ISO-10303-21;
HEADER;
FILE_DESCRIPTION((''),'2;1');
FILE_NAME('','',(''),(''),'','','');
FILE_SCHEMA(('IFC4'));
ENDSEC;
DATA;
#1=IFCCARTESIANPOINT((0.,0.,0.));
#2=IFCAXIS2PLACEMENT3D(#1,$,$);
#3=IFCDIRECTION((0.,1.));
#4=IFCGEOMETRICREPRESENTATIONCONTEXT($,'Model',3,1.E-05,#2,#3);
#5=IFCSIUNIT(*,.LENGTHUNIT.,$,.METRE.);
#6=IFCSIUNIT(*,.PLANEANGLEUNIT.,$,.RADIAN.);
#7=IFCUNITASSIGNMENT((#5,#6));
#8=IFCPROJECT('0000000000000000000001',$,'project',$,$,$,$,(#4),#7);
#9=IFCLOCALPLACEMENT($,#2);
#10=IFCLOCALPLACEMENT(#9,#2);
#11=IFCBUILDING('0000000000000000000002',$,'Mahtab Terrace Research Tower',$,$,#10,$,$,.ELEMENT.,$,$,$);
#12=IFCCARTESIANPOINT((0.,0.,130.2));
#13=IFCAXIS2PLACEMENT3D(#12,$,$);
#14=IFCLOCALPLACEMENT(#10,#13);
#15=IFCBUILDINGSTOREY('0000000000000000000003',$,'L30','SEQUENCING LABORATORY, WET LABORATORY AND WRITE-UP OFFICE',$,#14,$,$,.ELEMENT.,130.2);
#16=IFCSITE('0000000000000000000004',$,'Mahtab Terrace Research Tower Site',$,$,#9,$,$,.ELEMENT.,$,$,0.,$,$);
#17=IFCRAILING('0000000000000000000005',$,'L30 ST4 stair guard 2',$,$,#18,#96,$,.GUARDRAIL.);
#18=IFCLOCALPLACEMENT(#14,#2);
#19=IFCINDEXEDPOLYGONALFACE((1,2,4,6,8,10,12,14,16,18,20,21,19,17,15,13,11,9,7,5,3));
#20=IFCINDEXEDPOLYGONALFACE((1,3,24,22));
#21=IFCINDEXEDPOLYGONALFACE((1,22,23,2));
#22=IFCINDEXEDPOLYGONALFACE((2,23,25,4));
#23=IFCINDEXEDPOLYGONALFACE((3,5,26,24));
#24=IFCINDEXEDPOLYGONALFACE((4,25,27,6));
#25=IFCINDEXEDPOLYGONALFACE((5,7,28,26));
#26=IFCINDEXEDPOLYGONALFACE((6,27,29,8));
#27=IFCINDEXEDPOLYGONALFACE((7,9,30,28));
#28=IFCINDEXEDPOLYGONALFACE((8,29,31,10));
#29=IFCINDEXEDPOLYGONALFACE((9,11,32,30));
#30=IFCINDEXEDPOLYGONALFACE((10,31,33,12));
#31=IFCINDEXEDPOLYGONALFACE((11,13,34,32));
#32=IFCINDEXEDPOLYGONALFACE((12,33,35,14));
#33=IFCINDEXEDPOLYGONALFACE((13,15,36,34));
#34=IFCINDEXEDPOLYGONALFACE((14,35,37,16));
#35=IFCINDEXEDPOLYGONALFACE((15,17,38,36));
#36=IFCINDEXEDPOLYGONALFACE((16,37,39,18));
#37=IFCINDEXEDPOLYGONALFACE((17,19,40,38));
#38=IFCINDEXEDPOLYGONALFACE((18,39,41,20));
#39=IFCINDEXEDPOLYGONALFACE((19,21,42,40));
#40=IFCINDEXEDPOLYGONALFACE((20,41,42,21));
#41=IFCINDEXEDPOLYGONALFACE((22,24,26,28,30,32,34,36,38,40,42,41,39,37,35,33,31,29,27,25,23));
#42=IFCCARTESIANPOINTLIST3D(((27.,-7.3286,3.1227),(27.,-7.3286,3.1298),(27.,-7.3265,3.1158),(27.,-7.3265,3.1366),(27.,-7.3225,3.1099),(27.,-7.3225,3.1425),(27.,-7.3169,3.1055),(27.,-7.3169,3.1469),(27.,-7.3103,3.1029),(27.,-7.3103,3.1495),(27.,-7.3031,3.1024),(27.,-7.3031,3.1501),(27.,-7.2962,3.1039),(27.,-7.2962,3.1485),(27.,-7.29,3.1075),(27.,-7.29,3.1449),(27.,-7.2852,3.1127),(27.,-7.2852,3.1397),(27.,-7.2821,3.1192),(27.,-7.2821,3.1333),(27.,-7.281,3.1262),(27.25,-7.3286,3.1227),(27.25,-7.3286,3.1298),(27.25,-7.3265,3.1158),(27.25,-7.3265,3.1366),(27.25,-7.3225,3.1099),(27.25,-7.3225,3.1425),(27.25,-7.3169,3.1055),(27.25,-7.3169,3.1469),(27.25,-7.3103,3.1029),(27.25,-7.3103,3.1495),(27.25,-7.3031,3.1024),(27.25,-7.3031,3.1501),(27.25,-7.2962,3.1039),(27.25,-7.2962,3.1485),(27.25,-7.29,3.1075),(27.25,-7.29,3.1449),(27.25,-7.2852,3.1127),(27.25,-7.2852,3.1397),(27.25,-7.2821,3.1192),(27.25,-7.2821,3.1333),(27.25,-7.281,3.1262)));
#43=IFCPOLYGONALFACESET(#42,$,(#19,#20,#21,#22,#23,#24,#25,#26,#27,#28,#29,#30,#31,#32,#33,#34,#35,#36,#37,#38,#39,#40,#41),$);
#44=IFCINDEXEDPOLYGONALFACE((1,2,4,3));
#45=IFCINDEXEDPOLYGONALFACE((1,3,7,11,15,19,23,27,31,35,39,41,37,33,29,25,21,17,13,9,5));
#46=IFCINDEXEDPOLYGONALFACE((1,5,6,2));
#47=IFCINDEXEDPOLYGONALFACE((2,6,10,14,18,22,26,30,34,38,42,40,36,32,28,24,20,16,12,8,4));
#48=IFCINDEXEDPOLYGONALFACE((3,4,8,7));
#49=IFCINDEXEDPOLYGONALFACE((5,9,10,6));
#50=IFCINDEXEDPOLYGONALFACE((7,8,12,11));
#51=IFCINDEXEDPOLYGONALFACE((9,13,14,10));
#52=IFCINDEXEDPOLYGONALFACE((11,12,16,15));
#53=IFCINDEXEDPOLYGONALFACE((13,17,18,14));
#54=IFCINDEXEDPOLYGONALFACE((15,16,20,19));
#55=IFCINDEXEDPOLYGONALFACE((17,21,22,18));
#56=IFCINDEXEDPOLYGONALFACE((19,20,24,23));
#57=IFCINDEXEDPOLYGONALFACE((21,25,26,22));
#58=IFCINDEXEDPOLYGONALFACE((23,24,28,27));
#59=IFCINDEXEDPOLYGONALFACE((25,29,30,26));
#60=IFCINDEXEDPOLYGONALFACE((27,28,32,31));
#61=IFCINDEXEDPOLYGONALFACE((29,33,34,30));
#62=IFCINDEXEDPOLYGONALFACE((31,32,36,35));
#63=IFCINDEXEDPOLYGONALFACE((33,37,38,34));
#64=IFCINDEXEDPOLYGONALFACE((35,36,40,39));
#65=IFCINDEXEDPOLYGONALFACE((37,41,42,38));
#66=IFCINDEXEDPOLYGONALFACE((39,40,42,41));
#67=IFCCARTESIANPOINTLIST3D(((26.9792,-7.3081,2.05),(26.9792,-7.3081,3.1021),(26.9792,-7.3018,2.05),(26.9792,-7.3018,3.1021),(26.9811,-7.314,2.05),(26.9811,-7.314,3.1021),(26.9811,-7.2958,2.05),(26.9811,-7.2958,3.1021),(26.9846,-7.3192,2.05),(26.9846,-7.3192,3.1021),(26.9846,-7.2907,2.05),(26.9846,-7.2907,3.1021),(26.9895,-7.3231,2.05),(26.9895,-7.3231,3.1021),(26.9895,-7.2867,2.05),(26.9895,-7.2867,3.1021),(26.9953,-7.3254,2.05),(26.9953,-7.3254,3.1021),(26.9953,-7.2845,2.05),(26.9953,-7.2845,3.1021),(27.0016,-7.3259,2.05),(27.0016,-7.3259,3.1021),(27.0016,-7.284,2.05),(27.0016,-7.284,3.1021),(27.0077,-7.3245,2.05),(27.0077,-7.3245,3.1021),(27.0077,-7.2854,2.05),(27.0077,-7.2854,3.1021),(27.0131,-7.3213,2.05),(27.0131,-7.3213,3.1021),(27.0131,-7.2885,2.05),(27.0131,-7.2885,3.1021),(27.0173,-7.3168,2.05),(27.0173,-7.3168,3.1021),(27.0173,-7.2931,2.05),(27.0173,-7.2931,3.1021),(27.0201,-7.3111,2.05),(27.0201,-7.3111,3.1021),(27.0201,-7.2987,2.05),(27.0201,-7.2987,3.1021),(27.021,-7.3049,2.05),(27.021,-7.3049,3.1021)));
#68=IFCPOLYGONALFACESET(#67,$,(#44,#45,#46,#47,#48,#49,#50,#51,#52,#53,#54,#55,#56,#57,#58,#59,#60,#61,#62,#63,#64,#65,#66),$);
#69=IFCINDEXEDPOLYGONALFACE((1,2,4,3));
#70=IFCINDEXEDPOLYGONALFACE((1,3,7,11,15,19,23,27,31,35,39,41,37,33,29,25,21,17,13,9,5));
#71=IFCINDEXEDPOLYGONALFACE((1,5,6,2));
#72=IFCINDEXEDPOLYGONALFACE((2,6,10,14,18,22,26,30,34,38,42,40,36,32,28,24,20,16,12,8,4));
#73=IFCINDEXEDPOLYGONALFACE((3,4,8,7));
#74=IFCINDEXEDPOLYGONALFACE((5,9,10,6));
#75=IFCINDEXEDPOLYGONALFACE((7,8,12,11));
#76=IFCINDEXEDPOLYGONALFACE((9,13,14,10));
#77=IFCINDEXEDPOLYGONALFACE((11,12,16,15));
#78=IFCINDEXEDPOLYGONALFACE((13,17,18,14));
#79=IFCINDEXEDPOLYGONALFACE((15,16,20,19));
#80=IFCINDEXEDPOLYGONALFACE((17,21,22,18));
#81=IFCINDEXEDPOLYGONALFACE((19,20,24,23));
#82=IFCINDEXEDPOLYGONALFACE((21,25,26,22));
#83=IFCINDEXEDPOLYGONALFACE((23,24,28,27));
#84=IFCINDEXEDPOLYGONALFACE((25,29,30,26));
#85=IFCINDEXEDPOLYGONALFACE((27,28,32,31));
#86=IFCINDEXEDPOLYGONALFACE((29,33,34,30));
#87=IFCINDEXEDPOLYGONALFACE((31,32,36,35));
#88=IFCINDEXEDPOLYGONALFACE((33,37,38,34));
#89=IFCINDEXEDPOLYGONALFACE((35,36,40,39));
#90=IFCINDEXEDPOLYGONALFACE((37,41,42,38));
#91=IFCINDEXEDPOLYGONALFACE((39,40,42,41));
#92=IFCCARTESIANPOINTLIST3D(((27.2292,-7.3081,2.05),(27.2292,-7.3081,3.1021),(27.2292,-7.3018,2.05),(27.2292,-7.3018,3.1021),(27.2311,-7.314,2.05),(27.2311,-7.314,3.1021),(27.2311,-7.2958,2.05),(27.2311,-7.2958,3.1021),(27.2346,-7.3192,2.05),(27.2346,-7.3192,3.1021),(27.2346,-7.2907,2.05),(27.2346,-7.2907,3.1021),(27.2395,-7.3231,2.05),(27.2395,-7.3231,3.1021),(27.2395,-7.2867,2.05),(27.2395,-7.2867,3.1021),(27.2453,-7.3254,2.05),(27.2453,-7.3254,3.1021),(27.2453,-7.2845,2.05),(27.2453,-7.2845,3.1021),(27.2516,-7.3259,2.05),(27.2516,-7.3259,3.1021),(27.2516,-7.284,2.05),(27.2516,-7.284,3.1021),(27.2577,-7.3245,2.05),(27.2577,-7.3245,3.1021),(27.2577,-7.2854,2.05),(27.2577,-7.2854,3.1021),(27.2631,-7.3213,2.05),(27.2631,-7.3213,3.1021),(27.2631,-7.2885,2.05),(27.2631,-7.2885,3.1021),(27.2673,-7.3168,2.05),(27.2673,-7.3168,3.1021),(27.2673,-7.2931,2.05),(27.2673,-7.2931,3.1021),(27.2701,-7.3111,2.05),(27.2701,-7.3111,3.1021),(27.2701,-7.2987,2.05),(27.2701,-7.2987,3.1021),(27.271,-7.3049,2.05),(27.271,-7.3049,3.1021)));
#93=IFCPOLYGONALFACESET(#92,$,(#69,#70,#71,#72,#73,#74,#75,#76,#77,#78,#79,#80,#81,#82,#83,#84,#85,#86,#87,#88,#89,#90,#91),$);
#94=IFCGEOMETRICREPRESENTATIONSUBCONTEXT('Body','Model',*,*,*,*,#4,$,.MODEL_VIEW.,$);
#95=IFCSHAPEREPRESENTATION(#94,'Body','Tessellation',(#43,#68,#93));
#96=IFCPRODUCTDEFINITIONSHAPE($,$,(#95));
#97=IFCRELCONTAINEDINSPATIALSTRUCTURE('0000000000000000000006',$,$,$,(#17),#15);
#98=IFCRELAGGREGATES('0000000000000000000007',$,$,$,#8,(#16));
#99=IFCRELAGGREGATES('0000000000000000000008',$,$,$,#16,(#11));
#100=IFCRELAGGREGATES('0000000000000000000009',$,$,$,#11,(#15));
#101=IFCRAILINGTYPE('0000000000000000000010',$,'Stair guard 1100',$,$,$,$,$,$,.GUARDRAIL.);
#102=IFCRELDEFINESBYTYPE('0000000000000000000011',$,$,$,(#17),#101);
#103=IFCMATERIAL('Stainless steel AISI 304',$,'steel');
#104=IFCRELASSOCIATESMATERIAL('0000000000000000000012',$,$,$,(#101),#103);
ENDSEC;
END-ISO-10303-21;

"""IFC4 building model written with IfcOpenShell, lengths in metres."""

from ifc_helpers import new_model, si_unit, direction, frame, origin, origin_2d, place, context, subcontext, project, spatial, circle, extrude, material, type_object, element, save


model = new_model("IFC4")

# Units and contexts
model_context = context("Model", 3, precision=1e-05, world=origin(), true_north=direction((0.0, 1.0)))
body_context = subcontext(model_context, "Body", "Model", "MODEL_VIEW")
ifc_project = project(units=[si_unit("LENGTHUNIT", "METRE"), si_unit("PLANEANGLEUNIT", "RADIAN")], contexts=[model_context])

# Site, building, storey
site_placement = place(None, origin())
site = spatial("IfcSite", under=ifc_project, at=site_placement, Name="Mahtab Terrace Research Tower Site", CompositionType="ELEMENT", RefElevation=0.0)
building_placement = place(site_placement, origin())
building = spatial("IfcBuilding", under=site, at=building_placement, Name="Mahtab Terrace Research Tower", CompositionType="ELEMENT")
storey_placement = place(building_placement, frame((0.0, 0.0, 130.2)))
storey = spatial("IfcBuildingStorey", under=building, at=storey_placement, Name="L30", Description="SEQUENCING LABORATORY, WET LABORATORY AND WRITE-UP OFFICE", CompositionType="ELEMENT", Elevation=130.2)

# Railing
ifc_material_1 = material(Name="Stainless steel AISI 304", Category="steel")
railing_type_1 = type_object("IfcRailingType", Name="Stair guard 1100", PredefinedType="GUARDRAIL", material=ifc_material_1)
railing_1_placement = place(storey_placement, frame((27.0, -7.3049, 2.05)))
element("IfcRailing", 1, at=railing_1_placement, inside=storey, type_object=railing_type_1, Name="L30 ST4 stair guard 2", PredefinedType="GUARDRAIL", context=body_context, shape_type="SweptSolid", body=[
    extrude(circle(Radius=0.0239, at=origin_2d()), frame((0.0, 0.0, 1.0762), z_axis=(1.0, 0.0, 0.0), x_axis=(0.0, 1.0, 0.0)), (0.0, 0.0, 1.0), 0.25),
    extrude(circle(Radius=0.021, at=origin_2d()), origin(), (0.0, 0.0, 1.0), 1.052),
    extrude(circle(Radius=0.021, at=origin_2d()), frame((0.25, 0.0, 0.0)), (0.0, 0.0, 1.0), 1.052),
])

save(model, "model.ifc")
